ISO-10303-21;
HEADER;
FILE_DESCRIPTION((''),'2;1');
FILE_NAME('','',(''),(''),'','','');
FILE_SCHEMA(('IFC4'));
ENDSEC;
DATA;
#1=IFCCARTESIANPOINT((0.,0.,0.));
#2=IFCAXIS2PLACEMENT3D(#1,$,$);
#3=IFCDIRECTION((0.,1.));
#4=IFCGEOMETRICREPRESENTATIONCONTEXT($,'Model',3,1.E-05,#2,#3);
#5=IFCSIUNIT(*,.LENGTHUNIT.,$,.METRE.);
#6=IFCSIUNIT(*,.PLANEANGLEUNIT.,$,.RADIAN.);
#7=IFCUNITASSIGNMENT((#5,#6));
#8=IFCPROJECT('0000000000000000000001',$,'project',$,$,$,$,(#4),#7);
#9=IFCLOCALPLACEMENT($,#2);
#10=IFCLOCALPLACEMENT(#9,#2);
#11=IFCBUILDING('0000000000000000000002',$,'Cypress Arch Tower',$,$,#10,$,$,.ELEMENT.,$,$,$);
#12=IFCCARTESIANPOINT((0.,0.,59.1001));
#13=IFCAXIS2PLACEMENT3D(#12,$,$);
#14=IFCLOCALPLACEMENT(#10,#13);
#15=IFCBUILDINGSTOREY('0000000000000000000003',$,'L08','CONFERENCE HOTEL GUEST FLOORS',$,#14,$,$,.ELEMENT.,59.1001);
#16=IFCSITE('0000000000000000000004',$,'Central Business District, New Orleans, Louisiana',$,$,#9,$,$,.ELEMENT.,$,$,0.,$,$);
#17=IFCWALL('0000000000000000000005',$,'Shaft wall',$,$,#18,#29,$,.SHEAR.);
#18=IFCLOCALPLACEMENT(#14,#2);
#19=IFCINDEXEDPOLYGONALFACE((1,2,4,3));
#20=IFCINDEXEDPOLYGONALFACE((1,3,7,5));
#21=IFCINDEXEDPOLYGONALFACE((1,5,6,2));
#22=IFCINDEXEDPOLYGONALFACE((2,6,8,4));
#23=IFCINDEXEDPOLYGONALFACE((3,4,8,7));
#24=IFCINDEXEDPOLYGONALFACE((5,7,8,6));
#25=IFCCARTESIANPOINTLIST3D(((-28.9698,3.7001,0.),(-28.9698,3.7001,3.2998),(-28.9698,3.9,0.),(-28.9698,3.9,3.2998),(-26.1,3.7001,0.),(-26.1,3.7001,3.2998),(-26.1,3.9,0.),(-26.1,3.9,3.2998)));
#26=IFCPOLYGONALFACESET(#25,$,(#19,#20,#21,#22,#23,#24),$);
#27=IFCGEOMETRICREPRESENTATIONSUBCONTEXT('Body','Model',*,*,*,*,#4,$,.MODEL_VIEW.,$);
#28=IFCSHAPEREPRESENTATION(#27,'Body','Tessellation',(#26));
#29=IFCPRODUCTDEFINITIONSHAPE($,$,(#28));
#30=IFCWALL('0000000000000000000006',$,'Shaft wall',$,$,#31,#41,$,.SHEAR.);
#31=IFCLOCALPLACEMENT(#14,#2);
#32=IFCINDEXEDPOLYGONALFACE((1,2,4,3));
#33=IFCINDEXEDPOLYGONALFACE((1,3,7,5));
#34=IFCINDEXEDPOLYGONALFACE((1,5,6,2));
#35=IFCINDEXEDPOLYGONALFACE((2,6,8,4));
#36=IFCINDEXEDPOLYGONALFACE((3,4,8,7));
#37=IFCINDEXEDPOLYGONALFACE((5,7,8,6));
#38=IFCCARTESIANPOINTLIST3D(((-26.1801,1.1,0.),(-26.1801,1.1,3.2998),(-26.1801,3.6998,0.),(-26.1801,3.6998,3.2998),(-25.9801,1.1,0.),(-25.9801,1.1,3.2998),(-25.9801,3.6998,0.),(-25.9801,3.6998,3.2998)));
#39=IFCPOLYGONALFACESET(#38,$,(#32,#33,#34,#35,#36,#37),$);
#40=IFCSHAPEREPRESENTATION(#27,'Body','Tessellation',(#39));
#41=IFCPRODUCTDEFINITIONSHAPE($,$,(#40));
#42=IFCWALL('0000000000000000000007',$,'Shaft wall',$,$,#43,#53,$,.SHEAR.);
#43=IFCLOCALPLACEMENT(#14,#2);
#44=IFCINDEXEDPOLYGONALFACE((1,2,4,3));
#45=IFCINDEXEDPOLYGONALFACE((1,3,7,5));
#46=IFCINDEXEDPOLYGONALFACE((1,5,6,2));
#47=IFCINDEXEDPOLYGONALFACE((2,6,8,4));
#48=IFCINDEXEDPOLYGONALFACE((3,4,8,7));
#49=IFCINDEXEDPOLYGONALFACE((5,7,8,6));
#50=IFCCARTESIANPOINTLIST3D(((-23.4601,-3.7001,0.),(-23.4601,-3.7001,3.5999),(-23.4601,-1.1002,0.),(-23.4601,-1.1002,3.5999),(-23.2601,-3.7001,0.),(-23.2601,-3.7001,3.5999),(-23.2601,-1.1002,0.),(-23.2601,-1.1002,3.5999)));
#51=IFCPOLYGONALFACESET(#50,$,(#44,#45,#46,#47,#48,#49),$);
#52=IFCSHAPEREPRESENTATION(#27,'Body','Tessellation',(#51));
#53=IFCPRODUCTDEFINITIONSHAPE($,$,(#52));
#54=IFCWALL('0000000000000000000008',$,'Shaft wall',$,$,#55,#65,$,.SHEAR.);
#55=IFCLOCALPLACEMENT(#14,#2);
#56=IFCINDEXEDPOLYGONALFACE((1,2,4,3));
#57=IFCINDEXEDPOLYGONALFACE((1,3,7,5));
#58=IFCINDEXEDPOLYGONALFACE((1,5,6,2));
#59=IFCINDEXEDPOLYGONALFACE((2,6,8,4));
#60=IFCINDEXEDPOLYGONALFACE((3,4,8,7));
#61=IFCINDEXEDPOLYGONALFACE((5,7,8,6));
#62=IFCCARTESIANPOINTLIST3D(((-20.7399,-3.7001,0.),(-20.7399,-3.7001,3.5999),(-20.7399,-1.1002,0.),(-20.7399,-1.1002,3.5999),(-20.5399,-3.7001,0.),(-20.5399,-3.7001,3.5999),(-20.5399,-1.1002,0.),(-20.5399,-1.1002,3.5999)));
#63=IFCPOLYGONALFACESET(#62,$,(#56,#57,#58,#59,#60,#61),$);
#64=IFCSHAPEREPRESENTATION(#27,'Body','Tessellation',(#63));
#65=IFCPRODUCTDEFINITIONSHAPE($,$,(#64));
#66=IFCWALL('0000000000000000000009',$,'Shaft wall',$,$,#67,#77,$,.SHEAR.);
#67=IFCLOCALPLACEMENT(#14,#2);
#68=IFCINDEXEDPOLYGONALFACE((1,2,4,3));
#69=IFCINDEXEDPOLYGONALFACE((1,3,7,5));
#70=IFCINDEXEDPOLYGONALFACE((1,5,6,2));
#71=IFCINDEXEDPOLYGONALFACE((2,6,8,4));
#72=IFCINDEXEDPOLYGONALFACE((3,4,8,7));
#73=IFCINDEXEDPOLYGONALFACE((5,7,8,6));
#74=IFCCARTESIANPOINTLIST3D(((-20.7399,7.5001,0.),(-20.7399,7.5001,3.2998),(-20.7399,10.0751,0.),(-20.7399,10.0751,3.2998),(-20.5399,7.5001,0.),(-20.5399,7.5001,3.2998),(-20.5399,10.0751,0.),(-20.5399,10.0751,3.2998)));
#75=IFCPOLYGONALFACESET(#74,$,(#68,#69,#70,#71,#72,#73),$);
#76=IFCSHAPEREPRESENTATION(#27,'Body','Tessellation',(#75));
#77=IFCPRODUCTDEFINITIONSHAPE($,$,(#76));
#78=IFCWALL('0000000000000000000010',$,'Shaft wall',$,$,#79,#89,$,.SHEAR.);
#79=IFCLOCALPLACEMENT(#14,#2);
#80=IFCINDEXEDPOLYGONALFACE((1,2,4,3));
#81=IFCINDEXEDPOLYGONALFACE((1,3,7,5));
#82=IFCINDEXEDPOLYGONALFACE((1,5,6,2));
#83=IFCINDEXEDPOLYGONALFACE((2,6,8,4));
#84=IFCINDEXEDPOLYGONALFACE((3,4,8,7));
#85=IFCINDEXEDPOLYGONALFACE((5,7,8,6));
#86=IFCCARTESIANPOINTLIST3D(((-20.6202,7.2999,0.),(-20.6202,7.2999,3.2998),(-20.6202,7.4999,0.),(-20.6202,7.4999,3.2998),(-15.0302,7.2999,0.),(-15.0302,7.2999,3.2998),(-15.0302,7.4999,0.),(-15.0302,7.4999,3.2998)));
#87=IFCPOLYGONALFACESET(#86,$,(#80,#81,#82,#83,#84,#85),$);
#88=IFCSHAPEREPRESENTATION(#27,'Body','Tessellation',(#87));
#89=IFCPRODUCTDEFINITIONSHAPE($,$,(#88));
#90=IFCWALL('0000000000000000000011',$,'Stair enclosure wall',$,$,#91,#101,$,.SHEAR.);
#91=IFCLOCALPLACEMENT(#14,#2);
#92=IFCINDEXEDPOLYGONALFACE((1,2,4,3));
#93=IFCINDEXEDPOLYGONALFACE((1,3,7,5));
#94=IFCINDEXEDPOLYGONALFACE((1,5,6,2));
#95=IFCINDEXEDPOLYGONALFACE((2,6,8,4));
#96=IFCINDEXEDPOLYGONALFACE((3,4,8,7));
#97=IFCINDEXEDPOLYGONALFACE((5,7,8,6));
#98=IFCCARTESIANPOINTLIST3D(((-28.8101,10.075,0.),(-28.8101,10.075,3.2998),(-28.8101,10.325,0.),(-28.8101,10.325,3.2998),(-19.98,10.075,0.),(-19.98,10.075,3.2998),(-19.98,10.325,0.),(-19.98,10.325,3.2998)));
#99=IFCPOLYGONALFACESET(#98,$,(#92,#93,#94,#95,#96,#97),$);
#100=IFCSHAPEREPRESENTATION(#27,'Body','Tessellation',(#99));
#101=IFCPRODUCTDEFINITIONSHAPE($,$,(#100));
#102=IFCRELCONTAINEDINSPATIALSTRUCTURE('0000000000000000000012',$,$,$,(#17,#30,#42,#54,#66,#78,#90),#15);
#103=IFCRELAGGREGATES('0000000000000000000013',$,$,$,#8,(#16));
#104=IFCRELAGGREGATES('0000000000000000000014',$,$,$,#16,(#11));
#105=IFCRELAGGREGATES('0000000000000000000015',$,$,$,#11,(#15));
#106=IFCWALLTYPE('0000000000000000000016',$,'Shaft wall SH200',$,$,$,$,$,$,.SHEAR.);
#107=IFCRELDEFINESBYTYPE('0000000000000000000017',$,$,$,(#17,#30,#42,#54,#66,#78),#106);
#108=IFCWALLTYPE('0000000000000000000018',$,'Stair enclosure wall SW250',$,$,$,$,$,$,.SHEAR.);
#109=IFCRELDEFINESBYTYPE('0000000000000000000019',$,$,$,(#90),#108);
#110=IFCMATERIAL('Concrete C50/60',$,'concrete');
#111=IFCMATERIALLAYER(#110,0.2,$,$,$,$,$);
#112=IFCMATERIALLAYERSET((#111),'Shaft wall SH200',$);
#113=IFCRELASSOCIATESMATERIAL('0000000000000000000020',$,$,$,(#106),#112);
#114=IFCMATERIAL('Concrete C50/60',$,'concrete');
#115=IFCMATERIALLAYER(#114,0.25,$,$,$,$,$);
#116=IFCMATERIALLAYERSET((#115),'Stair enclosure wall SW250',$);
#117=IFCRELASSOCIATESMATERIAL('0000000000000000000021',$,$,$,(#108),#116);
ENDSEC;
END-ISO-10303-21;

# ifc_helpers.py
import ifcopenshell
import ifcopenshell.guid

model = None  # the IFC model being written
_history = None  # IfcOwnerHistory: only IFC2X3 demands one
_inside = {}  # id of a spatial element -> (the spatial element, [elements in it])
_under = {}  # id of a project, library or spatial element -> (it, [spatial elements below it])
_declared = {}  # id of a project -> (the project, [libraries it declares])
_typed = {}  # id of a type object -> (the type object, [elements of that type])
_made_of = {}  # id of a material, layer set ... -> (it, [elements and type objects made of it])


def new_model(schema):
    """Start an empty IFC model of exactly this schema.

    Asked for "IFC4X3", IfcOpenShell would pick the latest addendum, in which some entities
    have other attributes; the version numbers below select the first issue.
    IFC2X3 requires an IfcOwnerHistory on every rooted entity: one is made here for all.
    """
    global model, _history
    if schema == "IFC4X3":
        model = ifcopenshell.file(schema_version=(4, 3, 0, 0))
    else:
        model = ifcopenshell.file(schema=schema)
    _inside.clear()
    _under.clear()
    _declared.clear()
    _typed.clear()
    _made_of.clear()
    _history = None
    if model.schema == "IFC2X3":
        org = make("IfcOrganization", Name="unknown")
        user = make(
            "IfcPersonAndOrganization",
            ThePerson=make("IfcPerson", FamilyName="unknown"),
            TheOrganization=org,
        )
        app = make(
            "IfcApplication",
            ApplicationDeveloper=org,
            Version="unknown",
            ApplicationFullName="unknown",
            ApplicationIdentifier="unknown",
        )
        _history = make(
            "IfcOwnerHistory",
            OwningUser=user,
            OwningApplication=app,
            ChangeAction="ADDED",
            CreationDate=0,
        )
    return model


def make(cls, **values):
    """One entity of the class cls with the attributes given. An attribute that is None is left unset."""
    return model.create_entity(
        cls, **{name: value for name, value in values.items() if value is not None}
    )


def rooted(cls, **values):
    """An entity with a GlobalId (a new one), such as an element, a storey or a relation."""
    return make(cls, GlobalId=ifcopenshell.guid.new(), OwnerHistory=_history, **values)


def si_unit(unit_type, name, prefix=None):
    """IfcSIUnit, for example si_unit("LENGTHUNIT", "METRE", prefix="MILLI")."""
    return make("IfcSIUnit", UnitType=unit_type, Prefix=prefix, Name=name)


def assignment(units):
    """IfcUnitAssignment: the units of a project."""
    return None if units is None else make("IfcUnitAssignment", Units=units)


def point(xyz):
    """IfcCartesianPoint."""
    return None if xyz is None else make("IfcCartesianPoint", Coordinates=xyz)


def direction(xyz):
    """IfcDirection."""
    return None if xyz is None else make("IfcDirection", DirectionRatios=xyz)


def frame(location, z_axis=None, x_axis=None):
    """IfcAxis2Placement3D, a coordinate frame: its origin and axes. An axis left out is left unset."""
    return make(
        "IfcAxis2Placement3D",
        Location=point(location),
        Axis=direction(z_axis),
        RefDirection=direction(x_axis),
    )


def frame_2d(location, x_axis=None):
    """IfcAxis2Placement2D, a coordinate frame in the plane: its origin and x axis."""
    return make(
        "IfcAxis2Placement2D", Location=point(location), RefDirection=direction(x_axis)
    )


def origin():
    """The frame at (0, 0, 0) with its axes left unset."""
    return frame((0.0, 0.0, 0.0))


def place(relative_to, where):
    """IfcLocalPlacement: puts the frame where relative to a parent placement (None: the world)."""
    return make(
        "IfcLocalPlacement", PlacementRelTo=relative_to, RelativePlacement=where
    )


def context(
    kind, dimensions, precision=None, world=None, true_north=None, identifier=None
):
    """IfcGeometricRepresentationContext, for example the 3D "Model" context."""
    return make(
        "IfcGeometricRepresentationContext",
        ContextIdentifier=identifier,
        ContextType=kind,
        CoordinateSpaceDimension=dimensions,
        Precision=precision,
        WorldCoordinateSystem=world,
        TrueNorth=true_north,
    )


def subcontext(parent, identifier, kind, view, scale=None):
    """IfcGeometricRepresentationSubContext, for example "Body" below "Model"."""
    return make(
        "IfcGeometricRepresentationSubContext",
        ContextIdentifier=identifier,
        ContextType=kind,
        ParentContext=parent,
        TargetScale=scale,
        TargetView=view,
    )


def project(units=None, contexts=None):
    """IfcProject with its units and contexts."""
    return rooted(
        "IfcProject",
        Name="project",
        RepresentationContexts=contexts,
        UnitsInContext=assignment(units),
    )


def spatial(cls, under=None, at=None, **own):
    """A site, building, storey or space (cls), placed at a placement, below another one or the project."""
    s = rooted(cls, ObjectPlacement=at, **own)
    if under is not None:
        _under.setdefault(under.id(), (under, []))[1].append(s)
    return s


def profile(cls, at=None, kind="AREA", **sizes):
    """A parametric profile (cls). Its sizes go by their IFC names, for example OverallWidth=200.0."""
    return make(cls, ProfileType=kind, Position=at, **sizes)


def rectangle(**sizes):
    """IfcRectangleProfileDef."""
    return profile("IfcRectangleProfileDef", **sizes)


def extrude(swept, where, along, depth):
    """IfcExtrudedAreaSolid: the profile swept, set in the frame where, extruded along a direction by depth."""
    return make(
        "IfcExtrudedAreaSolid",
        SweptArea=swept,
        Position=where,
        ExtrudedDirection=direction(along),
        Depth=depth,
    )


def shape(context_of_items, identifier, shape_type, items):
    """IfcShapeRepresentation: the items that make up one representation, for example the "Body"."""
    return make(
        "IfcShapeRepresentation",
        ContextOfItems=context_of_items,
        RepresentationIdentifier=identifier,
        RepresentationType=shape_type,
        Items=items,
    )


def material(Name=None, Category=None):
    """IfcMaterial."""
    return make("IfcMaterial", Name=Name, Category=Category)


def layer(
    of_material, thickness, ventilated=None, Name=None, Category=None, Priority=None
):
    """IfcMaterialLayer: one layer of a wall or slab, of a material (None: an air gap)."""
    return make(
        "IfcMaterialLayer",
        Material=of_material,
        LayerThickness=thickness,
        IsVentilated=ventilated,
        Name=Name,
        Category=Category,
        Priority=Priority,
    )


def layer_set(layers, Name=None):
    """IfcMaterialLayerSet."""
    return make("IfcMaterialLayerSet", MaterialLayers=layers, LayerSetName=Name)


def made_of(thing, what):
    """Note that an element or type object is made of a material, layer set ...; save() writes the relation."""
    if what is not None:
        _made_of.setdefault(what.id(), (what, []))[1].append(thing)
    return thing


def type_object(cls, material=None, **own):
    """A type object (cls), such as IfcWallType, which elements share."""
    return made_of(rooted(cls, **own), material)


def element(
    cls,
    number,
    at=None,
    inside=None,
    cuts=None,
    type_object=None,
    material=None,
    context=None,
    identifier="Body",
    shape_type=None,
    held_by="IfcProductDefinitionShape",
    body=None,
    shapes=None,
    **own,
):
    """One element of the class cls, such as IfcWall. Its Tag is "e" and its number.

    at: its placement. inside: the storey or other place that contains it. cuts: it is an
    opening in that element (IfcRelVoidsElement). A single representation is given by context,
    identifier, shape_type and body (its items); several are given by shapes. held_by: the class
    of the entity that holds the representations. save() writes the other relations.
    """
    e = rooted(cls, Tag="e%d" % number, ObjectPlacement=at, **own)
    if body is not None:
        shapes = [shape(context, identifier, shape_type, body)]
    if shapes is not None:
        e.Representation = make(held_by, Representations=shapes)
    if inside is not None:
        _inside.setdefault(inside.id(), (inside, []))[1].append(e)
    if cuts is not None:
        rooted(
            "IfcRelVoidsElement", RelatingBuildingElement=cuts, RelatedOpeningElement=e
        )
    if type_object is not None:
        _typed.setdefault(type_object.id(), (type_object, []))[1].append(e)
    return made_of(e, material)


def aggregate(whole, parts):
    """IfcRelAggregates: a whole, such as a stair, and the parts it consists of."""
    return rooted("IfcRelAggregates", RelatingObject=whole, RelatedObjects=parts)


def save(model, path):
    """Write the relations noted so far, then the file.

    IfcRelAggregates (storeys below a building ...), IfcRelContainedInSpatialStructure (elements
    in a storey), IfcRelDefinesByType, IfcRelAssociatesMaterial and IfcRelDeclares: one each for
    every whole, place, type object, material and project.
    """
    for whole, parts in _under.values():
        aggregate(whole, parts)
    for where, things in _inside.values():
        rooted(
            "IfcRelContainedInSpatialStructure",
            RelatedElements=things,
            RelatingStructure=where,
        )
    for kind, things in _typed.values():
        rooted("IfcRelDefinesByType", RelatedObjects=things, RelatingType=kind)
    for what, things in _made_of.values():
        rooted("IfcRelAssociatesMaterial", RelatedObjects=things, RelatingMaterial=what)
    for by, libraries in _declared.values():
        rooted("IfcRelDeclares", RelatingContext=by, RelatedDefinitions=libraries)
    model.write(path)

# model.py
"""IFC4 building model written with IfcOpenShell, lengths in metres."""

from ifc_helpers import new_model, si_unit, direction, frame, frame_2d, origin, place, context, subcontext, project, spatial, rectangle, extrude, material, layer, layer_set, type_object, element, save


model = new_model("IFC4")

# Units and contexts
model_context = context("Model", 3, precision=1e-05, world=origin(), true_north=direction((0.0, 1.0)))
body_context = subcontext(model_context, "Body", "Model", "MODEL_VIEW")
ifc_project = project(units=[si_unit("LENGTHUNIT", "METRE"), si_unit("PLANEANGLEUNIT", "RADIAN")], contexts=[model_context])

# Site, building, storey
site_placement = place(None, origin())
site = spatial("IfcSite", under=ifc_project, at=site_placement, Name="Central Business District, New Orleans, Louisiana", CompositionType="ELEMENT", RefElevation=0.0)
building_placement = place(site_placement, origin())
building = spatial("IfcBuilding", under=site, at=building_placement, Name="Cypress Arch Tower", CompositionType="ELEMENT")
storey_placement = place(building_placement, frame((0.0, 0.0, 59.1001)))
storey = spatial("IfcBuildingStorey", under=building, at=storey_placement, Name="L08", Description="CONFERENCE HOTEL GUEST FLOORS", CompositionType="ELEMENT", Elevation=59.1001)

# Walls
ifc_material_1 = material(Name="Concrete C50/60", Category="concrete")
ifc_layer_1 = layer(ifc_material_1, 0.2)
ifc_layer_set_1 = layer_set([ifc_layer_1], Name="Shaft wall SH200")
wall_type_1 = type_object("IfcWallType", Name="Shaft wall SH200", PredefinedType="SHEAR", material=ifc_layer_set_1)
for number, where, z_axis, x_axis, name in (
    (1, (-28.97, 3.8, 0.0), (0.0, 0.0, 1.0), (1.0, 0.0, 0.0), "Shaft wall"),
):
    element("IfcWall", number, at=place(storey_placement, frame(where, z_axis=z_axis, x_axis=x_axis)), inside=storey, type_object=wall_type_1, Name=name, PredefinedType="SHEAR", context=body_context, shape_type="SweptSolid", body=[
        extrude(rectangle(XDim=2.8699, YDim=0.2, at=frame_2d((1.4351, 0.0))), origin(), (0.0, 0.0, 1.0), 3.2998),
    ])
wall_1_placement = place(storey_placement, frame((-26.0801, 1.1001, 0.0), z_axis=(0.0, 0.0, 1.0), x_axis=(0.0, 1.0, 0.0)))
element("IfcWall", 2, at=wall_1_placement, inside=storey, type_object=wall_type_1, Name="Shaft wall", PredefinedType="SHEAR", context=body_context, shape_type="SweptSolid", body=[
    extrude(rectangle(XDim=2.5999, YDim=0.2, at=frame_2d((1.2998, 0.0))), origin(), (0.0, 0.0, 1.0), 3.2998),
])
for number, where, z_axis, x_axis, name in (
    (3, (-23.3601, -3.7, 0.0), (0.0, 0.0, 1.0), (0.0, 1.0, 0.0), "Shaft wall"),
    (4, (-20.6399, -3.7, 0.0), (0.0, 0.0, 1.0), (0.0, 1.0, 0.0), "Shaft wall"),
):
    element("IfcWall", number, at=place(storey_placement, frame(where, z_axis=z_axis, x_axis=x_axis)), inside=storey, type_object=wall_type_1, Name=name, PredefinedType="SHEAR", context=body_context, shape_type="SweptSolid", body=[
        extrude(rectangle(XDim=2.5999, YDim=0.2, at=frame_2d((1.2998, 0.0))), origin(), (0.0, 0.0, 1.0), 3.5999),
    ])
wall_2_placement = place(storey_placement, frame((-20.6399, 7.5, 0.0), z_axis=(0.0, 0.0, 1.0), x_axis=(0.0, 1.0, 0.0)))
element("IfcWall", 5, at=wall_2_placement, inside=storey, type_object=wall_type_1, Name="Shaft wall", PredefinedType="SHEAR", context=body_context, shape_type="SweptSolid", body=[
    extrude(rectangle(XDim=2.575, YDim=0.2, at=frame_2d((1.2876, 0.0))), origin(), (0.0, 0.0, 1.0), 3.2998),
])
wall_3_placement = place(storey_placement, frame((-20.6201, 7.3999, 0.0), z_axis=(0.0, 0.0, 1.0), x_axis=(1.0, 0.0, 0.0)))
element("IfcWall", 6, at=wall_3_placement, inside=storey, type_object=wall_type_1, Name="Shaft wall", PredefinedType="SHEAR", context=body_context, shape_type="SweptSolid", body=[
    extrude(rectangle(XDim=5.5901, YDim=0.2, at=frame_2d((2.7949, 0.0))), origin(), (0.0, 0.0, 1.0), 3.2998),
])
ifc_material_2 = material(Name="Concrete C50/60", Category="concrete")
ifc_layer_2 = layer(ifc_material_2, 0.25)
ifc_layer_set_2 = layer_set([ifc_layer_2], Name="Stair enclosure wall SW250")
wall_type_2 = type_object("IfcWallType", Name="Stair enclosure wall SW250", PredefinedType="SHEAR", material=ifc_layer_set_2)
wall_4_placement = place(storey_placement, frame((-28.8101, 10.2, 0.0), z_axis=(0.0, 0.0, 1.0), x_axis=(1.0, 0.0, 0.0)))
element("IfcWall", 7, at=wall_4_placement, inside=storey, type_object=wall_type_2, Name="Stair enclosure wall", PredefinedType="SHEAR", context=body_context, shape_type="SweptSolid", body=[
    extrude(rectangle(XDim=8.8301, YDim=0.25, at=frame_2d((4.415, 0.0))), origin(), (0.0, 0.0, 1.0), 3.2998),
])

save(model, "model.ifc")
